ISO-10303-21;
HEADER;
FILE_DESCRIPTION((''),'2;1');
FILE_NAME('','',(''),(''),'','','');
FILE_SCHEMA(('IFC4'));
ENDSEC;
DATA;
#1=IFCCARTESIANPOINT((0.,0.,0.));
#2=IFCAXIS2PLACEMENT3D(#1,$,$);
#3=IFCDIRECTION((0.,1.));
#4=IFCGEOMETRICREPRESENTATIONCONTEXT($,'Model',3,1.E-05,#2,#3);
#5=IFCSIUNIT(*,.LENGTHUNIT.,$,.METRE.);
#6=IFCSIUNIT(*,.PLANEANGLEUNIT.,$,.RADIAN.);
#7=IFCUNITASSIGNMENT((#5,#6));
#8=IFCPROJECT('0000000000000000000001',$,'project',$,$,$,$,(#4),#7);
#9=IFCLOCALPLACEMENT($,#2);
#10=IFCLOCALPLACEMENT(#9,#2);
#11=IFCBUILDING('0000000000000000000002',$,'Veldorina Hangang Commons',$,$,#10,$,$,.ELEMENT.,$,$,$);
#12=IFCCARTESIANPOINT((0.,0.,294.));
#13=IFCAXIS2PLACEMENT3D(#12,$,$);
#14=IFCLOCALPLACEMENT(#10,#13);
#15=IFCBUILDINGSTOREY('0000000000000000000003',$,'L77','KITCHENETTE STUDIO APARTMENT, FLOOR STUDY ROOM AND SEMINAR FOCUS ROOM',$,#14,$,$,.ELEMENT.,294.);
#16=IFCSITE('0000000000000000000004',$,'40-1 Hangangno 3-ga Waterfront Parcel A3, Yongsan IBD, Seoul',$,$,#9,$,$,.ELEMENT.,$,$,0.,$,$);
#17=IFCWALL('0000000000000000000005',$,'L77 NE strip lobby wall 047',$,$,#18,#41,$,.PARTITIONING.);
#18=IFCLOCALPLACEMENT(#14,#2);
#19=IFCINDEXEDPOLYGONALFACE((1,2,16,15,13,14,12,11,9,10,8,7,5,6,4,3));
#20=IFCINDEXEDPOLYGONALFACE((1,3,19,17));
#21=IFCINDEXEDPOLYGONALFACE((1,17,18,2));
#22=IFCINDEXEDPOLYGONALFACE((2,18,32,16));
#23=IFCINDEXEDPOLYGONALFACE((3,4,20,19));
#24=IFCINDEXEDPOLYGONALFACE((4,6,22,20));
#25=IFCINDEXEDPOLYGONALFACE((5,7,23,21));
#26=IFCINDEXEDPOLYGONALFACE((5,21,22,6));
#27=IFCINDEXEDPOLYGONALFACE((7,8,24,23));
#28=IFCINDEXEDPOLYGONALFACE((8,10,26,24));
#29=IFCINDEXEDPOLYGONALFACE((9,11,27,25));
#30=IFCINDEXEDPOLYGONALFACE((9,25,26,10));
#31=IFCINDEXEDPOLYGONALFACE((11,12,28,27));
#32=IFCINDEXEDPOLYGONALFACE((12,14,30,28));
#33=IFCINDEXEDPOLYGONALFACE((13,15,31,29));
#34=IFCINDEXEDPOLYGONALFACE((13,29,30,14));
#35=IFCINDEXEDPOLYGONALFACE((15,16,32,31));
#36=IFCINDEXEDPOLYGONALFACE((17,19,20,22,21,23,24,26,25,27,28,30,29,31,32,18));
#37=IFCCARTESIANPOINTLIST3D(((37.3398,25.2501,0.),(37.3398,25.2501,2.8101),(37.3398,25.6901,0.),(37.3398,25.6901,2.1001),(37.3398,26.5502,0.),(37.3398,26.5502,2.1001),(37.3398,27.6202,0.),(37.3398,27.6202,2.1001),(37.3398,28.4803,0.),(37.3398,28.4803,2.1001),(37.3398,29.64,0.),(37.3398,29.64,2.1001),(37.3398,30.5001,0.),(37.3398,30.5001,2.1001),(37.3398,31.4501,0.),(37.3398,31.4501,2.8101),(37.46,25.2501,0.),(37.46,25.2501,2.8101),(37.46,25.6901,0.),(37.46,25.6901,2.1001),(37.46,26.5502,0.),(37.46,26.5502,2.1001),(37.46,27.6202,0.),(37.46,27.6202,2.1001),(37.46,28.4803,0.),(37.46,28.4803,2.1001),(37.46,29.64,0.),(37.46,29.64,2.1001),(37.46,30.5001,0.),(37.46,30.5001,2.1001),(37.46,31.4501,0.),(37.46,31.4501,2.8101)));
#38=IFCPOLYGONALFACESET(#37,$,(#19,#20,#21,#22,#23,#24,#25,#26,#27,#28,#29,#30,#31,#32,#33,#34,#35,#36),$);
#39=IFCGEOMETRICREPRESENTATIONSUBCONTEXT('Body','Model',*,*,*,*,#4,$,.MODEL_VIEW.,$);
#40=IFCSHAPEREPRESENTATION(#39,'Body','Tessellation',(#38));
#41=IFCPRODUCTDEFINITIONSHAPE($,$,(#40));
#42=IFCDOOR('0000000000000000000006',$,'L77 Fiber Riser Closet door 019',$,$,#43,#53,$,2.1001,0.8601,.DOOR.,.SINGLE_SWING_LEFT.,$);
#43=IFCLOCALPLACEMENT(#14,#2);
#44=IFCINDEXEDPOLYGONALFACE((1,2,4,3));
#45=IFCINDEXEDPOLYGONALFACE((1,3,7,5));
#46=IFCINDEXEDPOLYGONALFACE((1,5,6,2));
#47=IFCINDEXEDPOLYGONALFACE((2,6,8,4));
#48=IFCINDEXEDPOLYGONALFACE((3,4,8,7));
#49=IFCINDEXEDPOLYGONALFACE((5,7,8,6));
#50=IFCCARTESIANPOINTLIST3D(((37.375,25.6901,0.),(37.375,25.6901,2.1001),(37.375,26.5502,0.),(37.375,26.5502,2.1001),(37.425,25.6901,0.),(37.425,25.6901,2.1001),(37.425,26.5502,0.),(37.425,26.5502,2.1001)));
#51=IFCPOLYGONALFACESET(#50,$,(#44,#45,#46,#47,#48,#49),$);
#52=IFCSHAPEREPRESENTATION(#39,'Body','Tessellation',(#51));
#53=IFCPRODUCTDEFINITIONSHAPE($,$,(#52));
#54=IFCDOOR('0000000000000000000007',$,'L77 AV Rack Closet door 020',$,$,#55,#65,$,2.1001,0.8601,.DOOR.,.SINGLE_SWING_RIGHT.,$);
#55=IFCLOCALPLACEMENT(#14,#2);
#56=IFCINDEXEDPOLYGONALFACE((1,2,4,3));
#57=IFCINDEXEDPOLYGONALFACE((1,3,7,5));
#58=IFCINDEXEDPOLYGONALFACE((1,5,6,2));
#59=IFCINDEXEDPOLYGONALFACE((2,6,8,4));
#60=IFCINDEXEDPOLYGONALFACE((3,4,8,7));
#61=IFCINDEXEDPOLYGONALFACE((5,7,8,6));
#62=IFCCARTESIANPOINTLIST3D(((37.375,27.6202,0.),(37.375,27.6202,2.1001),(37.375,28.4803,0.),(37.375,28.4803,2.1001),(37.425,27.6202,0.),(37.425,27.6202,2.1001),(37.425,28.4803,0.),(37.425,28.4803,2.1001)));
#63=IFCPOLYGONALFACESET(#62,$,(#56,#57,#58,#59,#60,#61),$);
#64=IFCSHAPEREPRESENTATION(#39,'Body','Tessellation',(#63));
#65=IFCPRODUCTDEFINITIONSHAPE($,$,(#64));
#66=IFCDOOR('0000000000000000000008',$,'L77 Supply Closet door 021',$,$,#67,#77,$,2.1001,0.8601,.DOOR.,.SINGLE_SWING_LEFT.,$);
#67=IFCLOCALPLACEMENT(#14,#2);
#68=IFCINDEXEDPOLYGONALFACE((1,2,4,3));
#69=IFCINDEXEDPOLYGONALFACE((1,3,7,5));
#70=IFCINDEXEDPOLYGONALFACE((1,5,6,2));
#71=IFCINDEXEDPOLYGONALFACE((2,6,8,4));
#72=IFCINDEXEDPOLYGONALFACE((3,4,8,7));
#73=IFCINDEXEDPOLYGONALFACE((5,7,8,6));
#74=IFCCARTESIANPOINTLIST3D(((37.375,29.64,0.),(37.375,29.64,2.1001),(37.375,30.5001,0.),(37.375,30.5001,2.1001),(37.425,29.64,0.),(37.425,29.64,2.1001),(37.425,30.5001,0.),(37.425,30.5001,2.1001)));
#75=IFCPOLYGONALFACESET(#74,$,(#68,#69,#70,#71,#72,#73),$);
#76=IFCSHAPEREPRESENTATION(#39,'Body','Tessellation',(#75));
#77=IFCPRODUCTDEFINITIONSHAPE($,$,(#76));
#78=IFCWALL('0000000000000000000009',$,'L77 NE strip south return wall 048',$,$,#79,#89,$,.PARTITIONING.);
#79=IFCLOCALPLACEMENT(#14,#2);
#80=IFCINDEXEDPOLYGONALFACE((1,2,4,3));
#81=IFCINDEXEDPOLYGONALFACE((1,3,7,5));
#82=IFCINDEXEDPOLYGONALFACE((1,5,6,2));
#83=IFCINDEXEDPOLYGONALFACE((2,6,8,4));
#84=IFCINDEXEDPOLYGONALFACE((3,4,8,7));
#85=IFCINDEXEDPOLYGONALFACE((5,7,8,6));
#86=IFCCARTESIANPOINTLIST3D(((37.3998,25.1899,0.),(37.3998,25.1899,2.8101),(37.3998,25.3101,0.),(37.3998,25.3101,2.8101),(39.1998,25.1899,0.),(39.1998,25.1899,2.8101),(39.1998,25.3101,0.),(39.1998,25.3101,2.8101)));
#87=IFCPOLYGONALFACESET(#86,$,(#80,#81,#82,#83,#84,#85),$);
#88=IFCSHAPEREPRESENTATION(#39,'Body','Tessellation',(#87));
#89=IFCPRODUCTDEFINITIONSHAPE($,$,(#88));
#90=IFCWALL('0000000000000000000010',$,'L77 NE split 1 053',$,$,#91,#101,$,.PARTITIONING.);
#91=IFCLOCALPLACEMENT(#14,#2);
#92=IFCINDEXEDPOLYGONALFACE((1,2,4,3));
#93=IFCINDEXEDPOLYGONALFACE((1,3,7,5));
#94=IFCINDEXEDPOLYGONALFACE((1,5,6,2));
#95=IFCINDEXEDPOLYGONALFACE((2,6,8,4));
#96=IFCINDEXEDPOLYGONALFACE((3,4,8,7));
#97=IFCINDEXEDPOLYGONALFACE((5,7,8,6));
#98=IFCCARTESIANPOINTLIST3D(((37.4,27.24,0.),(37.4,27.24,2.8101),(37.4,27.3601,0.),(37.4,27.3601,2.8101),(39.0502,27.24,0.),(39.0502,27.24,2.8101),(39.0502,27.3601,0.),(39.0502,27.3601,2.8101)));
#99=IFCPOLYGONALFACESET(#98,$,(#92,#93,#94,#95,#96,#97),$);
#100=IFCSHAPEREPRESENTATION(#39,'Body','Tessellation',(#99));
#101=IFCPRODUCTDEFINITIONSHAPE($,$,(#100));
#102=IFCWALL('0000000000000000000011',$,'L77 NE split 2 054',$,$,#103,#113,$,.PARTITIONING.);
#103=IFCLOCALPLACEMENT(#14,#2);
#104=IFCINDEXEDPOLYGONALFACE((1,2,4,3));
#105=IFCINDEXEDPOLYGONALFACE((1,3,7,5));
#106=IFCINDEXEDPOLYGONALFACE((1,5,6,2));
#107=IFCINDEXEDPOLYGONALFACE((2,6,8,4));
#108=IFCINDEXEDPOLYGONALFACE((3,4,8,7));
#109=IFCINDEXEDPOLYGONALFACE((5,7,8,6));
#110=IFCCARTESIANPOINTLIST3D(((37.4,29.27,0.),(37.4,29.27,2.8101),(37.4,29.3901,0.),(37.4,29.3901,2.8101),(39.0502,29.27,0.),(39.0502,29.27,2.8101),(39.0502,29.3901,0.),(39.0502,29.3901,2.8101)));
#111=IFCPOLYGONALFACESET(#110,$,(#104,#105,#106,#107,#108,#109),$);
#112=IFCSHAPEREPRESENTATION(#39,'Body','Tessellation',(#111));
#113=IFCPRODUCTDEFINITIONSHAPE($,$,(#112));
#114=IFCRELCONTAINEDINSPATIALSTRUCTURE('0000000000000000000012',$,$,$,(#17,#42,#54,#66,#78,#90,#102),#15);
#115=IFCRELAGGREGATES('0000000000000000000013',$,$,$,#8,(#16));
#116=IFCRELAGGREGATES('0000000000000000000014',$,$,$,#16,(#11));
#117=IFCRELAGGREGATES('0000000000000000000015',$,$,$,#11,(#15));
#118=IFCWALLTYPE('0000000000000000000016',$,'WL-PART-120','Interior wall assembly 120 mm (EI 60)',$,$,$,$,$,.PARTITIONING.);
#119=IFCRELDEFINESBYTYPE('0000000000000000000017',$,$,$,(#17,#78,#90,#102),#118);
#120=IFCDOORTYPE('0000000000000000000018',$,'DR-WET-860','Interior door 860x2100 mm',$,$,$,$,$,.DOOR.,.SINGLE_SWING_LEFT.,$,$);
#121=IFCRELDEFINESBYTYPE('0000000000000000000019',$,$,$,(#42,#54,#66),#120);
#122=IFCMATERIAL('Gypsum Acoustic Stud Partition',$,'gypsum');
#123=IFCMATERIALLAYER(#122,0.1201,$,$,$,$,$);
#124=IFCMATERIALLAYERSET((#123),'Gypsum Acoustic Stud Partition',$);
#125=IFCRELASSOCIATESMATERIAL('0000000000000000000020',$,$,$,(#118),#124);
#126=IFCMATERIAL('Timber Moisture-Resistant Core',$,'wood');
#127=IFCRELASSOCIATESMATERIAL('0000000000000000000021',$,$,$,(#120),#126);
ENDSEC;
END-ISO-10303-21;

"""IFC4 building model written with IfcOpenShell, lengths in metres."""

from ifc_helpers import new_model, si_unit, direction, frame, frame_2d, origin, place, context, subcontext, project, spatial, rectangle, extrude, material, layer, layer_set, type_object, element, fill, save


model = new_model("IFC4")

# Units and contexts
model_context = context("Model", 3, precision=1e-05, world=origin(), true_north=direction((0.0, 1.0)))
body_context = subcontext(model_context, "Body", "Model", "MODEL_VIEW")
ifc_project = project(units=[si_unit("LENGTHUNIT", "METRE"), si_unit("PLANEANGLEUNIT", "RADIAN")], contexts=[model_context])

# Site, building, storey
site_placement = place(None, origin())
site = spatial("IfcSite", under=ifc_project, at=site_placement, Name="40-1 Hangangno 3-ga Waterfront Parcel A3, Yongsan IBD, Seoul", CompositionType="ELEMENT", RefElevation=0.0)
building_placement = place(site_placement, origin())
building = spatial("IfcBuilding", under=site, at=building_placement, Name="Veldorina Hangang Commons", CompositionType="ELEMENT")
storey_placement = place(building_placement, frame((0.0, 0.0, 294.0)))
storey = spatial("IfcBuildingStorey", under=building, at=storey_placement, Name="L77", Description="KITCHENETTE STUDIO APARTMENT, FLOOR STUDY ROOM AND SEMINAR FOCUS ROOM", CompositionType="ELEMENT", Elevation=294.0)

# Shared definitions
ifc_material_1 = material(Name="Gypsum Acoustic Stud Partition", Category="gypsum")
ifc_layer_1 = layer(ifc_material_1, 0.1201)
ifc_layer_set_1 = layer_set([ifc_layer_1], Name="Gypsum Acoustic Stud Partition")
wall_type_1 = type_object("IfcWallType", Name="WL-PART-120", Description="Interior wall assembly 120 mm (EI 60)", PredefinedType="PARTITIONING", material=ifc_layer_set_1)

# Wall, openings, doors
wall_1_placement = place(storey_placement, frame((37.3999, 25.25, 0.0), z_axis=(0.0, 0.0, 1.0), x_axis=(0.0, 1.0, 0.0)))
wall_1 = element("IfcWall", 1, at=wall_1_placement, inside=storey, type_object=wall_type_1, Name="L77 NE strip lobby wall 047", PredefinedType="PARTITIONING", context=body_context, shape_type="SweptSolid", body=[
    extrude(rectangle(XDim=6.2, YDim=0.1201, at=frame_2d((3.1001, 0.0))), origin(), (0.0, 0.0, 1.0), 2.8101),
])
opening_1_placement = place(wall_1_placement, frame((0.4399, 0.0, 0.0)))
opening_1 = element("IfcOpeningElement", 2, at=opening_1_placement, cuts=wall_1, PredefinedType="OPENING", context=body_context, shape_type="SweptSolid", body=[
    extrude(rectangle(XDim=0.8601, YDim=2.1001, at=frame_2d((0.4302, 1.05))), frame((0.0, 0.0701, 0.0), z_axis=(0.0, -1.0, 0.0), x_axis=(1.0, 0.0, 0.0)), (0.0, 0.0, 1.0), 0.1401),
])
opening_2_placement = place(wall_1_placement, frame((2.3701, 0.0, 0.0)))
opening_2 = element("IfcOpeningElement", 3, at=opening_2_placement, cuts=wall_1, PredefinedType="OPENING", context=body_context, shape_type="SweptSolid", body=[
    extrude(rectangle(XDim=0.8601, YDim=2.1001, at=frame_2d((0.4302, 1.05))), frame((0.0, 0.0701, 0.0), z_axis=(0.0, -1.0, 0.0), x_axis=(1.0, 0.0, 0.0)), (0.0, 0.0, 1.0), 0.1401),
])
opening_3_placement = place(wall_1_placement, frame((4.3899, 0.0, 0.0)))
opening_3 = element("IfcOpeningElement", 4, at=opening_3_placement, cuts=wall_1, PredefinedType="OPENING", context=body_context, shape_type="SweptSolid", body=[
    extrude(rectangle(XDim=0.8601, YDim=2.1001, at=frame_2d((0.4302, 1.05))), frame((0.0, 0.0701, 0.0), z_axis=(0.0, -1.0, 0.0), x_axis=(1.0, 0.0, 0.0)), (0.0, 0.0, 1.0), 0.1401),
])
ifc_material_2 = material(Name="Timber Moisture-Resistant Core", Category="wood")
door_type_1 = type_object("IfcDoorType", Name="DR-WET-860", Description="Interior door 860x2100 mm", OperationType="SINGLE_SWING_LEFT", PredefinedType="DOOR", material=ifc_material_2)
door_1_placement = place(opening_1_placement, origin())
door_1 = element("IfcDoor", 5, at=door_1_placement, inside=storey, type_object=door_type_1, Name="L77 Fiber Riser Closet door 019", OperationType="SINGLE_SWING_LEFT", OverallHeight=2.1001, OverallWidth=0.8601, PredefinedType="DOOR", context=body_context, shape_type="SweptSolid", body=[
    extrude(rectangle(XDim=0.8601, YDim=2.1001, at=frame_2d((0.4302, 1.05))), frame((0.0, 0.0249, 0.0), z_axis=(0.0, -1.0, 0.0), x_axis=(1.0, 0.0, 0.0)), (0.0, 0.0, 1.0), 0.05),
])
fill(opening_1, door_1)
door_2_placement = place(opening_2_placement, origin())
door_2 = element("IfcDoor", 6, at=door_2_placement, inside=storey, type_object=door_type_1, Name="L77 AV Rack Closet door 020", OperationType="SINGLE_SWING_RIGHT", OverallHeight=2.1001, OverallWidth=0.8601, PredefinedType="DOOR", context=body_context, shape_type="SweptSolid", body=[
    extrude(rectangle(XDim=0.8601, YDim=2.1001, at=frame_2d((0.4302, 1.05))), frame((0.0, 0.0249, 0.0), z_axis=(0.0, -1.0, 0.0), x_axis=(1.0, 0.0, 0.0)), (0.0, 0.0, 1.0), 0.05),
])
fill(opening_2, door_2)
door_3_placement = place(opening_3_placement, origin())
door_3 = element("IfcDoor", 7, at=door_3_placement, inside=storey, type_object=door_type_1, Name="L77 Supply Closet door 021", OperationType="SINGLE_SWING_LEFT", OverallHeight=2.1001, OverallWidth=0.8601, PredefinedType="DOOR", context=body_context, shape_type="SweptSolid", body=[
    extrude(rectangle(XDim=0.8601, YDim=2.1001, at=frame_2d((0.4302, 1.05))), frame((0.0, 0.0249, 0.0), z_axis=(0.0, -1.0, 0.0), x_axis=(1.0, 0.0, 0.0)), (0.0, 0.0, 1.0), 0.05),
])
fill(opening_3, door_3)

# Walls
wall_2_placement = place(storey_placement, frame((37.3999, 25.25, 0.0), z_axis=(0.0, 0.0, 1.0), x_axis=(1.0, 0.0, 0.0)))
element("IfcWall", 8, at=wall_2_placement, inside=storey, type_object=wall_type_1, Name="L77 NE strip south return wall 048", PredefinedType="PARTITIONING", context=body_context, shape_type="SweptSolid", body=[
    extrude(rectangle(XDim=1.8, YDim=0.1201, at=frame_2d((0.8999, 0.0))), origin(), (0.0, 0.0, 1.0), 2.8101),
])
for number, where, z_axis, x_axis, name in (
    (9, (37.3999, 27.3, 0.0), (0.0, 0.0, 1.0), (1.0, 0.0, 0.0), "L77 NE split 1 053"),
    (10, (37.3999, 29.3301, 0.0), (0.0, 0.0, 1.0), (1.0, 0.0, 0.0), "L77 NE split 2 054"),
):
    element("IfcWall", number, at=place(storey_placement, frame(where, z_axis=z_axis, x_axis=x_axis)), inside=storey, type_object=wall_type_1, Name=name, PredefinedType="PARTITIONING", context=body_context, shape_type="SweptSolid", body=[
        extrude(rectangle(XDim=1.6501, YDim=0.1201, at=frame_2d((0.8252, 0.0))), origin(), (0.0, 0.0, 1.0), 2.8101),
    ])

save(model, "model.ifc")
